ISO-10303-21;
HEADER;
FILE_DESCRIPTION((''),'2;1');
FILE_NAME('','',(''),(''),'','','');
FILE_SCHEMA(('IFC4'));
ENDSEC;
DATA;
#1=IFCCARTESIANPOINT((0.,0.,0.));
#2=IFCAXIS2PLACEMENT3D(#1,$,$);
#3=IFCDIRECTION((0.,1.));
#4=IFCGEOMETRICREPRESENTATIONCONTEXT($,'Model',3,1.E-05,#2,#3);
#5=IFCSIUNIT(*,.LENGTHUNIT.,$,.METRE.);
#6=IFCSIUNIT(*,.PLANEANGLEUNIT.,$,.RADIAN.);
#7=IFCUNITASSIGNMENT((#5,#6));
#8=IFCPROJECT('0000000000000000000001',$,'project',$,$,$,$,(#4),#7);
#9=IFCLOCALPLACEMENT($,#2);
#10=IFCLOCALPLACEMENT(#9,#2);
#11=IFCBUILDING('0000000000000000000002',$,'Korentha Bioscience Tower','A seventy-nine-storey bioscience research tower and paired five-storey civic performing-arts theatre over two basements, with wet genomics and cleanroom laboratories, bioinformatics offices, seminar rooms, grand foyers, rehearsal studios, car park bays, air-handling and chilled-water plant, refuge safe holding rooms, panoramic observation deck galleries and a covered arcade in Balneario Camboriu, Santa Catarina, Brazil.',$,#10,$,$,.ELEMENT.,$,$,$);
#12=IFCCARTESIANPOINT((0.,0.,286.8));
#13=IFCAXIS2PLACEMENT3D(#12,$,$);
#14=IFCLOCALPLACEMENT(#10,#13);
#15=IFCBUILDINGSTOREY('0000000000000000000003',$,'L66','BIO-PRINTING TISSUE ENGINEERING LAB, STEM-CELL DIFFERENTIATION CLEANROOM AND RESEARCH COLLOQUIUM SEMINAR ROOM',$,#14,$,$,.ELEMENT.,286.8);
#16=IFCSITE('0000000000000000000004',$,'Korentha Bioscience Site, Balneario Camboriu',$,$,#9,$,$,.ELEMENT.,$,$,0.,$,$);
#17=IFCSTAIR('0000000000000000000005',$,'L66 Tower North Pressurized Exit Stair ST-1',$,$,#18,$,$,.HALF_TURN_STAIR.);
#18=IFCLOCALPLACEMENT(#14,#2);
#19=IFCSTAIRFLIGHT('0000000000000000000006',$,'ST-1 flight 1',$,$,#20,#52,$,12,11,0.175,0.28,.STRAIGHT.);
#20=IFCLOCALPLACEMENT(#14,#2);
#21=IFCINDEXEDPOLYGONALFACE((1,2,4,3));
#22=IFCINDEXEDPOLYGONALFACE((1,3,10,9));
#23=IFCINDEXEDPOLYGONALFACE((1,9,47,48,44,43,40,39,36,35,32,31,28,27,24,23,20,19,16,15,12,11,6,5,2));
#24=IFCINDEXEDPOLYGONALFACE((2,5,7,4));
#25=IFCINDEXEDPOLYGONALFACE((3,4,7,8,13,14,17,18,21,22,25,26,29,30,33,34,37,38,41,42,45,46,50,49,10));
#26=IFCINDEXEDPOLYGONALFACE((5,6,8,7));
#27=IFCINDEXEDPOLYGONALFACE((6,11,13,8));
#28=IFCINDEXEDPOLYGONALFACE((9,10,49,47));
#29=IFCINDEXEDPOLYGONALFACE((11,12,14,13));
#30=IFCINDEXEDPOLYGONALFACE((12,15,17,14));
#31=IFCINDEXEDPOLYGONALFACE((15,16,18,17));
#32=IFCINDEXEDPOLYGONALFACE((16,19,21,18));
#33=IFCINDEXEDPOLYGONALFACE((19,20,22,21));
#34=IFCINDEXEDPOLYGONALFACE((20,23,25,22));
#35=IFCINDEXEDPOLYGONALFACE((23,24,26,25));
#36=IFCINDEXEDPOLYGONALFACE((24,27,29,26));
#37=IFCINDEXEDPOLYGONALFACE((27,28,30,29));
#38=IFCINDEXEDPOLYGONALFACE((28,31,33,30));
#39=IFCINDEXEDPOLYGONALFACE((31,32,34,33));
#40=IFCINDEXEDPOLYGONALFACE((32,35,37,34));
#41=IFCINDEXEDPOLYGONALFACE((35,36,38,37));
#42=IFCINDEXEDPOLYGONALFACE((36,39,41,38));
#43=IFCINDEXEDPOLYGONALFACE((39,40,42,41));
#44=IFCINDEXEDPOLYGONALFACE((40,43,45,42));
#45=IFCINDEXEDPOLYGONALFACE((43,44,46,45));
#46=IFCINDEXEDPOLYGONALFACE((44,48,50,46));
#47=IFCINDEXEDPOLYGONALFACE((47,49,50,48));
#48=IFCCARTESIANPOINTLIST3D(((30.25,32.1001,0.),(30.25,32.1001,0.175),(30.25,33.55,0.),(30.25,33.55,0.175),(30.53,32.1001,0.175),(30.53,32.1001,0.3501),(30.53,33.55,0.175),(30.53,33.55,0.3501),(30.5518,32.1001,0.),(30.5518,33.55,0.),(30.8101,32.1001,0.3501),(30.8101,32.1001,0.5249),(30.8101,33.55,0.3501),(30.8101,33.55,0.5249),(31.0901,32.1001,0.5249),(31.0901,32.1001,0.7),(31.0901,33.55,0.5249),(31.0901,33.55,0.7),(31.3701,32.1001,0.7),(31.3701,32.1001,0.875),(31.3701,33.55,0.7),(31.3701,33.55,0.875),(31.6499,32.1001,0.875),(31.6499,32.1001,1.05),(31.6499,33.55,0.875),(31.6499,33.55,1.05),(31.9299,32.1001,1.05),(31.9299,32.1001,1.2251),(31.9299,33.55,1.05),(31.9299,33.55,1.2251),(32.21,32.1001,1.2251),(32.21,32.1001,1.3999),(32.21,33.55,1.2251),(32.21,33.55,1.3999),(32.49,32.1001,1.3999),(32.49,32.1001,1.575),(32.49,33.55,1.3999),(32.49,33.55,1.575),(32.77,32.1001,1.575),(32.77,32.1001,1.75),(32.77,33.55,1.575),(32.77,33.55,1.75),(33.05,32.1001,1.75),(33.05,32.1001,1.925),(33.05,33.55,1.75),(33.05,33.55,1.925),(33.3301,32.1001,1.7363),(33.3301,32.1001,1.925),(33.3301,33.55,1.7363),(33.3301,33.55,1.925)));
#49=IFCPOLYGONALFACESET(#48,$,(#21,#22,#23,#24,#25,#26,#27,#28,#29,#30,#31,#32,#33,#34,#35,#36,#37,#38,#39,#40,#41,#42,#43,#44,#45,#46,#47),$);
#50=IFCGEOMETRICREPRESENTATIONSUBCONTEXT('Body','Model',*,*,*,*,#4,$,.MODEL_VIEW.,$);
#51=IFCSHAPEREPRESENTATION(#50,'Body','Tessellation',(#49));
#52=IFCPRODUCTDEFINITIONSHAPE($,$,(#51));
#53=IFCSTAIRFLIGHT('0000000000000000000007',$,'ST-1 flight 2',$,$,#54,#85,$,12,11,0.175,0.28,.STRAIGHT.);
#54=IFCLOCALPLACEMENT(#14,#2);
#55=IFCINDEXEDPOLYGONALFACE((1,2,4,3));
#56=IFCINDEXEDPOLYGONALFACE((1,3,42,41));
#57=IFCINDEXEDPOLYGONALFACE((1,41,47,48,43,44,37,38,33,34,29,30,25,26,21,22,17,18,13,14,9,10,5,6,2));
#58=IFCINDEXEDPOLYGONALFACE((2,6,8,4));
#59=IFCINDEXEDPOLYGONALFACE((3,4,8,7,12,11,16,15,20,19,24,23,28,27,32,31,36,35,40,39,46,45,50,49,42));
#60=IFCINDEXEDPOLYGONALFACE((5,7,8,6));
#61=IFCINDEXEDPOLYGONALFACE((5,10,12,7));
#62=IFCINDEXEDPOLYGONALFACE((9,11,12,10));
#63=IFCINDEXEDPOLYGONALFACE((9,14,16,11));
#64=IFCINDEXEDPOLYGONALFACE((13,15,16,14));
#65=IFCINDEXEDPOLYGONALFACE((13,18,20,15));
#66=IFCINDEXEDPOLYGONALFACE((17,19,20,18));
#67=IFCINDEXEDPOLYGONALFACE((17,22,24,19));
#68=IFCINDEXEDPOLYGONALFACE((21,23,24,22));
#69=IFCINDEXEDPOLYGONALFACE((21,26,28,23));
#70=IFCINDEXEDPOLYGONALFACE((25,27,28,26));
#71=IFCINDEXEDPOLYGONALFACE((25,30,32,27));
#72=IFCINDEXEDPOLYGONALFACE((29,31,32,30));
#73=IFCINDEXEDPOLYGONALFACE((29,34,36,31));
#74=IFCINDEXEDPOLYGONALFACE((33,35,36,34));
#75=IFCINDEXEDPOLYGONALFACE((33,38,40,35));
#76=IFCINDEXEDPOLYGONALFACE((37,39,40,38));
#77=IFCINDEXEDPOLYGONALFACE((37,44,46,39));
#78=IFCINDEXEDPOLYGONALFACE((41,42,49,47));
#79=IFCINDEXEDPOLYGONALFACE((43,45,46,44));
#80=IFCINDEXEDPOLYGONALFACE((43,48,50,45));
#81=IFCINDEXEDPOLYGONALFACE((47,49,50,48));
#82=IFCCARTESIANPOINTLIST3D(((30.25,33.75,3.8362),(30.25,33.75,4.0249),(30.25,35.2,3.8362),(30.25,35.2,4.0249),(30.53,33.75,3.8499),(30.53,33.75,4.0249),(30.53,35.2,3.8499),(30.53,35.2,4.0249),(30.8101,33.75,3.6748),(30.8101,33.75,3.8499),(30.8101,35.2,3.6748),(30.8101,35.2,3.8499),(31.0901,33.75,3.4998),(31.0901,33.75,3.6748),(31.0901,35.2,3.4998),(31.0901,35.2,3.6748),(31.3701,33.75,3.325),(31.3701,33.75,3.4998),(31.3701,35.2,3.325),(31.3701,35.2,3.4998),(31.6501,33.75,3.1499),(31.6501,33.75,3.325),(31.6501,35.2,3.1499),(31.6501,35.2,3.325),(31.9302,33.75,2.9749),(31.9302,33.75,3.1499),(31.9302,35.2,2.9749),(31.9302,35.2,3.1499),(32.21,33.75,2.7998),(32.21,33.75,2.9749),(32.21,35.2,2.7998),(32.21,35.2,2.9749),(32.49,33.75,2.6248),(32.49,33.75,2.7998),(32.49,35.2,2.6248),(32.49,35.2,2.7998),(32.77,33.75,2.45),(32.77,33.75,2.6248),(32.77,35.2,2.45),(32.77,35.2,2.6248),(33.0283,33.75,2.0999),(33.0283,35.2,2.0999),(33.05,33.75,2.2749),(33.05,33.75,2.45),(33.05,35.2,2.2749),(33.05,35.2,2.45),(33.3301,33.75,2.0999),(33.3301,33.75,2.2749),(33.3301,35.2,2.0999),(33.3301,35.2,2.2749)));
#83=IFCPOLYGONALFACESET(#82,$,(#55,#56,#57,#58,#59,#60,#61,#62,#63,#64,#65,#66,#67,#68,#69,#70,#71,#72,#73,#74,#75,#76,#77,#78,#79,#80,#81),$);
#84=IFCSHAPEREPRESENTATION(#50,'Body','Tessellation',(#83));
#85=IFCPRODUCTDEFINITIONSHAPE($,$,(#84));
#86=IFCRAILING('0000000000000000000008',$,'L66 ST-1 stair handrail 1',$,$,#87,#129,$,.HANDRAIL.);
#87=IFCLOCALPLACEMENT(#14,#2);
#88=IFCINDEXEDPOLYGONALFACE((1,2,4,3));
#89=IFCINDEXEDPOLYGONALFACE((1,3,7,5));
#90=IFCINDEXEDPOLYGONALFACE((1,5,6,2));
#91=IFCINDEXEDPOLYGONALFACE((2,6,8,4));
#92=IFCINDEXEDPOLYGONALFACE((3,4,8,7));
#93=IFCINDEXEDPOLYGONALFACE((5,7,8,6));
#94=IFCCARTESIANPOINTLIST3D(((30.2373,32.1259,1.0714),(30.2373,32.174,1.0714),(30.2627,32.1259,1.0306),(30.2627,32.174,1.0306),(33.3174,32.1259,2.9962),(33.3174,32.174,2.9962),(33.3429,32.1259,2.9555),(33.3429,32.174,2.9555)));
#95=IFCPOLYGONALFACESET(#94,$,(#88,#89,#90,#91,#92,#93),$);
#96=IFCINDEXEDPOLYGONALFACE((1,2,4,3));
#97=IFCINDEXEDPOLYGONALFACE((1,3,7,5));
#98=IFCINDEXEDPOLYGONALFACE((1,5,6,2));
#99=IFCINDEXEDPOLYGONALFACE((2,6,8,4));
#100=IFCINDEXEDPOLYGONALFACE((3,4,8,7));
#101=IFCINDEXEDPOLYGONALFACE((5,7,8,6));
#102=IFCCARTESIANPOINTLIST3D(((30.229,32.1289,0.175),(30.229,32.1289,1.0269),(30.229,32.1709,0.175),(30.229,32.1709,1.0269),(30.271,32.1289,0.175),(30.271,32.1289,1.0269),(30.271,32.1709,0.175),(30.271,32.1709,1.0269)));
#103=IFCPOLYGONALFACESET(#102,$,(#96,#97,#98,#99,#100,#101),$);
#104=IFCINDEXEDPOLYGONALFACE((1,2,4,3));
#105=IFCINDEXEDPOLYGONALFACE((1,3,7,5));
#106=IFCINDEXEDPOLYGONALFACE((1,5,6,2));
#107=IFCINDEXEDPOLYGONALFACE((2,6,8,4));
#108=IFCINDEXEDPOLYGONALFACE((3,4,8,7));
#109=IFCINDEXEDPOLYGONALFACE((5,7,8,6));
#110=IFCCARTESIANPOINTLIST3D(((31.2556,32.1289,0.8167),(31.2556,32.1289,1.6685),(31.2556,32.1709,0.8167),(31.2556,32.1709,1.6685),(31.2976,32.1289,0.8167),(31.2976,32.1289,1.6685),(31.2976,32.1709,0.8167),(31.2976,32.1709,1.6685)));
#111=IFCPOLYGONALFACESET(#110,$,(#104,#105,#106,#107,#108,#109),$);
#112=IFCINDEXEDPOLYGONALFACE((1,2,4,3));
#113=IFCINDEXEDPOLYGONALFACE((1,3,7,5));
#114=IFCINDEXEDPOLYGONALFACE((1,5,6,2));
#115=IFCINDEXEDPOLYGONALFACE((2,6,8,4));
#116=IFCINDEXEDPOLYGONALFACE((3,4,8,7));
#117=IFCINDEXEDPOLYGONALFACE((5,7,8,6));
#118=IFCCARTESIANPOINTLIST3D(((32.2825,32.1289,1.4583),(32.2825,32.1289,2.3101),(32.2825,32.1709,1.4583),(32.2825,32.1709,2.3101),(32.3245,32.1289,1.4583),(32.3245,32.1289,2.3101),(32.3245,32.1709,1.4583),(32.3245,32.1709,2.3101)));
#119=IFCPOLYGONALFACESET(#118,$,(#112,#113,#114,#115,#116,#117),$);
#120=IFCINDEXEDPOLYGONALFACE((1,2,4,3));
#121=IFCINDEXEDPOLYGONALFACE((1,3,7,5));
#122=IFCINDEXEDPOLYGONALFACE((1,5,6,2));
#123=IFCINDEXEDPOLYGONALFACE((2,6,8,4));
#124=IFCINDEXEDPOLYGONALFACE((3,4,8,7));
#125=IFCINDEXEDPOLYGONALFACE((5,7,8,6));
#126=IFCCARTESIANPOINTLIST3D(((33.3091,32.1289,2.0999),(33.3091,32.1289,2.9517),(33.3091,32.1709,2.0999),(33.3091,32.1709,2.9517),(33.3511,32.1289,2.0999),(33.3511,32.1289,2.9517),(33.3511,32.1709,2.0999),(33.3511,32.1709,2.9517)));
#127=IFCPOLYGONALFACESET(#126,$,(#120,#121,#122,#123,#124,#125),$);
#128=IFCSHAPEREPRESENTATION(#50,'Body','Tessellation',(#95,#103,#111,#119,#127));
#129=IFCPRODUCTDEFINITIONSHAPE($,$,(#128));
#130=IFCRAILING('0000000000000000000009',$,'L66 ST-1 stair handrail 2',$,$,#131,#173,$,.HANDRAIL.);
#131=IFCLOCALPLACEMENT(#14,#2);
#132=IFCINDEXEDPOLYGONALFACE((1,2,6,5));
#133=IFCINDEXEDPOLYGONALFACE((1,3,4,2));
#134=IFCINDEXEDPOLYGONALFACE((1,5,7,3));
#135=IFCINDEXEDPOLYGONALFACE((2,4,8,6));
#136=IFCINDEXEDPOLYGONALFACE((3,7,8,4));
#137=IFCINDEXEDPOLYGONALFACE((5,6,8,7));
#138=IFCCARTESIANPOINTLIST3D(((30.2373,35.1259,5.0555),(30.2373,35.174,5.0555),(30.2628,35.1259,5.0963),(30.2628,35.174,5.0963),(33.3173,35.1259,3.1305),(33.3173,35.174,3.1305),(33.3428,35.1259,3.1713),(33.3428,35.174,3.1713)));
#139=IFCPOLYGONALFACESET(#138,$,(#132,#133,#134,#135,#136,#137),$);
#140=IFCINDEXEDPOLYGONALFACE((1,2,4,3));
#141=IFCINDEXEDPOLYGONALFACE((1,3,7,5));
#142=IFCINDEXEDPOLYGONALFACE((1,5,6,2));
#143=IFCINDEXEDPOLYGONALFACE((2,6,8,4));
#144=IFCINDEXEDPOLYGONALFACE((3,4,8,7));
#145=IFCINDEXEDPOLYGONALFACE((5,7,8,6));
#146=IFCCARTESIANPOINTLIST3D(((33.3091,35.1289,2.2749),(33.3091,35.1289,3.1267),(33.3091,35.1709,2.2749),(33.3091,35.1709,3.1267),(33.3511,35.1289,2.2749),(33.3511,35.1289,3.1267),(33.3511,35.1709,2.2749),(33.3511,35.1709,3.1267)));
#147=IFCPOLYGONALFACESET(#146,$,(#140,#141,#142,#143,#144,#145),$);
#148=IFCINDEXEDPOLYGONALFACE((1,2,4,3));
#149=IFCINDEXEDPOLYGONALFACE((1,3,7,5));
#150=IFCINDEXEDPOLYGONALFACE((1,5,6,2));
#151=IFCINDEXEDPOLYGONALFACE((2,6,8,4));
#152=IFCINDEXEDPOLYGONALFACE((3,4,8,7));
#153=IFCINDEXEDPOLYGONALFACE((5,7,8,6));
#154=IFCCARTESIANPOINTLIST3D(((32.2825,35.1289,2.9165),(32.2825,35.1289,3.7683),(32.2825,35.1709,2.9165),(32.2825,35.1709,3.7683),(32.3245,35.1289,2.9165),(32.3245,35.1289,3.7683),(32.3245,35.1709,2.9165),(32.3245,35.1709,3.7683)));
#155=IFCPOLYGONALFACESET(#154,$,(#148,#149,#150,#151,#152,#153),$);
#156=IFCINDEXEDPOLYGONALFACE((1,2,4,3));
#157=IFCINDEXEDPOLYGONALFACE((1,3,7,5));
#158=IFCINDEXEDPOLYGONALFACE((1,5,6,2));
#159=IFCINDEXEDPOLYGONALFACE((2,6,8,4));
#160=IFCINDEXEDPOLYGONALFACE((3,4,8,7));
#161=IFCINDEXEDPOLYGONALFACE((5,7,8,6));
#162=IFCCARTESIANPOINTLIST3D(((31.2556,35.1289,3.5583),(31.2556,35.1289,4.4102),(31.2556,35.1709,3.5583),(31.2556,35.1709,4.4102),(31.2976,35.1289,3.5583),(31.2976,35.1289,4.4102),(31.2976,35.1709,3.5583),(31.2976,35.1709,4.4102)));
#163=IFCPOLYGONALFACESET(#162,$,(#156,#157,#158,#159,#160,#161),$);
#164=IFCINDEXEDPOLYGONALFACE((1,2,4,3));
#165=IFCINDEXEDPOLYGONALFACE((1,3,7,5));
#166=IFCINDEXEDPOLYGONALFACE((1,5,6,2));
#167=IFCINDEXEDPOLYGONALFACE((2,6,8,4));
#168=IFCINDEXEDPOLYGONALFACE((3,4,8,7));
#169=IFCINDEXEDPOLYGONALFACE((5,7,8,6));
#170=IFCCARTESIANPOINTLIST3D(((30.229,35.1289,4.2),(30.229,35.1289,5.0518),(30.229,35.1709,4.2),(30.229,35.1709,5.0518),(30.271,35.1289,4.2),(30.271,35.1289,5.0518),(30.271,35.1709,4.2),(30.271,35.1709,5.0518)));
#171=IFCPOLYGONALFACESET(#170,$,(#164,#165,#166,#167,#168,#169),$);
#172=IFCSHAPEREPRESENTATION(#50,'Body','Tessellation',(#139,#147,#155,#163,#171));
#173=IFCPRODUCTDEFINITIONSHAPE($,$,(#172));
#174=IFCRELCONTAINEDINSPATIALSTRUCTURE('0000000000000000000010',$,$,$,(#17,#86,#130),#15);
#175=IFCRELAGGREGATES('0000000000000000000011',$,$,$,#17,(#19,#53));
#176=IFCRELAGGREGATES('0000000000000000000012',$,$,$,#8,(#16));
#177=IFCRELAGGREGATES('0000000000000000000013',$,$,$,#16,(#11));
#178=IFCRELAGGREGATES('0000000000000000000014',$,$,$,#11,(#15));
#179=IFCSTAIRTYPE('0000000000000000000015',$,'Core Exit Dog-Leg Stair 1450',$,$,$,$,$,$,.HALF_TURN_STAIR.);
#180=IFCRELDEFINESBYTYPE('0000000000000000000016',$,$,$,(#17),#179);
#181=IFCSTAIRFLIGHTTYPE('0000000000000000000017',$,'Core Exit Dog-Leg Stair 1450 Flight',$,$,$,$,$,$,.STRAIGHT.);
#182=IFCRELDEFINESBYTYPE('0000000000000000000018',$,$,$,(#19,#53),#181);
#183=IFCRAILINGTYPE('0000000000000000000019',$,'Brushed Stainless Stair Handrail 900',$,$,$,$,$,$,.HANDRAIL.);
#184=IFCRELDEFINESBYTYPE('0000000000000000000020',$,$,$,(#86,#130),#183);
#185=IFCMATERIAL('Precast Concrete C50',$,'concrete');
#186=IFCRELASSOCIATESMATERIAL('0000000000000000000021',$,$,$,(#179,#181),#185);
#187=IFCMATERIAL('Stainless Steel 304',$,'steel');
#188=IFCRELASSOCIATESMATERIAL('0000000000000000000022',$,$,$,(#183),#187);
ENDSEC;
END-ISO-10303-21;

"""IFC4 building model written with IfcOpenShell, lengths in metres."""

from ifc_helpers import new_model, si_unit, direction, frame, origin, origin_2d, place, context, subcontext, project, spatial, polyline, rectangle, outline, extrude, material, type_object, element, aggregate, save


model = new_model("IFC4")

# Units and contexts
model_context = context("Model", 3, precision=1e-05, world=origin(), true_north=direction((0.0, 1.0)))
body_context = subcontext(model_context, "Body", "Model", "MODEL_VIEW")
ifc_project = project(units=[si_unit("LENGTHUNIT", "METRE"), si_unit("PLANEANGLEUNIT", "RADIAN")], contexts=[model_context])

# Site, building, storey
site_placement = place(None, origin())
site = spatial("IfcSite", under=ifc_project, at=site_placement, Name="Korentha Bioscience Site, Balneario Camboriu", CompositionType="ELEMENT", RefElevation=0.0)
building_placement = place(site_placement, origin())
building = spatial("IfcBuilding", under=site, at=building_placement, Name="Korentha Bioscience Tower", Description="A seventy-nine-storey bioscience research tower and paired five-storey civic performing-arts theatre over two basements, with wet genomics and cleanroom laboratories, bioinformatics offices, seminar rooms, grand foyers, rehearsal studios, car park bays, air-handling and chilled-water plant, refuge safe holding rooms, panoramic observation deck galleries and a covered arcade in Balneario Camboriu, Santa Catarina, Brazil.", CompositionType="ELEMENT")
storey_placement = place(building_placement, frame((0.0, 0.0, 286.8)))
storey = spatial("IfcBuildingStorey", under=building, at=storey_placement, Name="L66", Description="BIO-PRINTING TISSUE ENGINEERING LAB, STEM-CELL DIFFERENTIATION CLEANROOM AND RESEARCH COLLOQUIUM SEMINAR ROOM", CompositionType="ELEMENT", Elevation=286.8)

# Stair, stair flights
ifc_material_1 = material(Name="Precast Concrete C50", Category="concrete")
stair_type = type_object("IfcStairType", Name="Core Exit Dog-Leg Stair 1450", PredefinedType="HALF_TURN_STAIR", material=ifc_material_1)
stair_placement = place(storey_placement, origin())
stair = element("IfcStair", 1, at=stair_placement, inside=storey, type_object=stair_type, Name="L66 Tower North Pressurized Exit Stair ST-1", PredefinedType="HALF_TURN_STAIR")
stair_flight_type = type_object("IfcStairFlightType", Name="Core Exit Dog-Leg Stair 1450 Flight", PredefinedType="STRAIGHT", material=ifc_material_1)
stair_flight_1_placement = place(storey_placement, frame((30.25, 32.825, 0.0), z_axis=(0.0, 0.0, 1.0), x_axis=(1.0, 0.0, 0.0)))
stair_flight_1 = element("IfcStairFlight", 2, at=stair_flight_1_placement, type_object=stair_flight_type, Name="ST-1 flight 1", NumberOfRisers=12, NumberOfTreads=11, PredefinedType="STRAIGHT", RiserHeight=0.175, TreadLength=0.28, context=body_context, shape_type="SweptSolid", body=[
    extrude(outline(polyline([(0.0, 0.0), (0.0, 0.175), (0.28, 0.175), (0.28, 0.3501), (0.5601, 0.3501), (0.5601, 0.5249), (0.8401, 0.5249), (0.8401, 0.7), (1.1201, 0.7), (1.1201, 0.875), (1.3999, 0.875), (1.3999, 1.05), (1.6799, 1.05), (1.6799, 1.2251), (1.96, 1.2251), (1.96, 1.3999), (2.24, 1.3999), (2.24, 1.575), (2.52, 1.575), (2.52, 1.75), (2.8, 1.75), (2.8, 1.925), (3.0801, 1.925), (3.0801, 2.1001), (3.0801, 1.7363), (0.3018, 0.0), (0.0, 0.0)])), frame((0.0, 0.7251, 0.0), z_axis=(0.0, -1.0, 0.0), x_axis=(1.0, 0.0, 0.0)), (0.0, 0.0, 1.0), 1.45),
])
stair_flight_2_placement = place(storey_placement, frame((33.3301, 34.4751, 2.0999), z_axis=(0.0, 0.0, 1.0), x_axis=(-1.0, 0.0, 0.0)))
stair_flight_2 = element("IfcStairFlight", 3, at=stair_flight_2_placement, type_object=stair_flight_type, Name="ST-1 flight 2", NumberOfRisers=12, NumberOfTreads=11, PredefinedType="STRAIGHT", RiserHeight=0.175, TreadLength=0.28, context=body_context, shape_type="SweptSolid", body=[
    extrude(outline(polyline([(0.0, 0.0), (0.0, 0.175), (0.28, 0.175), (0.28, 0.3501), (0.5601, 0.3501), (0.5601, 0.5249), (0.8401, 0.5249), (0.8401, 0.7), (1.1201, 0.7), (1.1201, 0.875), (1.3999, 0.875), (1.3999, 1.05), (1.6799, 1.05), (1.6799, 1.2251), (1.96, 1.2251), (1.96, 1.3999), (2.24, 1.3999), (2.24, 1.575), (2.52, 1.575), (2.52, 1.75), (2.8, 1.75), (2.8, 1.925), (3.0801, 1.925), (3.0801, 2.1001), (3.0801, 1.7363), (0.3018, 0.0), (0.0, 0.0)])), frame((0.0, 0.7251, 0.0), z_axis=(0.0, -1.0, 0.0), x_axis=(1.0, 0.0, 0.0)), (0.0, 0.0, 1.0), 1.45),
])
aggregate(stair, [stair_flight_1, stair_flight_2])

# Railings
ifc_material_2 = material(Name="Stainless Steel 304", Category="steel")
railing_type_1 = type_object("IfcRailingType", Name="Brushed Stainless Stair Handrail 900", PredefinedType="HANDRAIL", material=ifc_material_2)
railing_1_placement = place(storey_placement, frame((30.25, 32.1499, 0.175)))
element("IfcRailing", 4, at=railing_1_placement, inside=storey, type_object=railing_type_1, Name="L66 ST-1 stair handrail 1", PredefinedType="HANDRAIL", context=body_context, shape_type="SweptSolid", body=[
    extrude(rectangle(XDim=0.0481, YDim=0.0481, at=origin_2d()), frame((0.0, 0.0, 0.876), z_axis=(0.848029, 0.0, 0.529951), x_axis=(0.0, 1.0, 0.0)), (0.0, 0.0, 1.0), 3.6321),
    extrude(rectangle(XDim=0.042, YDim=0.042, at=origin_2d()), origin(), (0.0, 0.0, 1.0), 0.8518),
    extrude(rectangle(XDim=0.042, YDim=0.042, at=origin_2d()), frame((1.0266, 0.0, 0.6416)), (0.0, 0.0, 1.0), 0.8518),
    extrude(rectangle(XDim=0.042, YDim=0.042, at=origin_2d()), frame((2.0535, 0.0, 1.2832)), (0.0, 0.0, 1.0), 0.8518),
    extrude(rectangle(XDim=0.042, YDim=0.042, at=origin_2d()), frame((3.0801, 0.0, 1.9248)), (0.0, 0.0, 1.0), 0.8518),
])
railing_2_placement = place(storey_placement, frame((33.3301, 35.1499, 2.2749)))
element("IfcRailing", 5, at=railing_2_placement, inside=storey, type_object=railing_type_1, Name="L66 ST-1 stair handrail 2", PredefinedType="HANDRAIL", context=body_context, shape_type="SweptSolid", body=[
    extrude(rectangle(XDim=0.0481, YDim=0.0481, at=origin_2d()), frame((0.0, 0.0, 0.876), z_axis=(-0.847998, 0.0, 0.529999), x_axis=(0.0, -1.0, 0.0)), (0.0, 0.0, 1.0), 3.6321),
    extrude(rectangle(XDim=0.042, YDim=0.042, at=origin_2d()), origin(), (0.0, 0.0, 1.0), 0.8518),
    extrude(rectangle(XDim=0.042, YDim=0.042, at=origin_2d()), frame((-1.0266, 0.0, 0.6416)), (0.0, 0.0, 1.0), 0.8518),
    extrude(rectangle(XDim=0.042, YDim=0.042, at=origin_2d()), frame((-2.0535, 0.0, 1.2834)), (0.0, 0.0, 1.0), 0.8518),
    extrude(rectangle(XDim=0.042, YDim=0.042, at=origin_2d()), frame((-3.0801, 0.0, 1.925)), (0.0, 0.0, 1.0), 0.8518),
])

save(model, "model.ifc")
